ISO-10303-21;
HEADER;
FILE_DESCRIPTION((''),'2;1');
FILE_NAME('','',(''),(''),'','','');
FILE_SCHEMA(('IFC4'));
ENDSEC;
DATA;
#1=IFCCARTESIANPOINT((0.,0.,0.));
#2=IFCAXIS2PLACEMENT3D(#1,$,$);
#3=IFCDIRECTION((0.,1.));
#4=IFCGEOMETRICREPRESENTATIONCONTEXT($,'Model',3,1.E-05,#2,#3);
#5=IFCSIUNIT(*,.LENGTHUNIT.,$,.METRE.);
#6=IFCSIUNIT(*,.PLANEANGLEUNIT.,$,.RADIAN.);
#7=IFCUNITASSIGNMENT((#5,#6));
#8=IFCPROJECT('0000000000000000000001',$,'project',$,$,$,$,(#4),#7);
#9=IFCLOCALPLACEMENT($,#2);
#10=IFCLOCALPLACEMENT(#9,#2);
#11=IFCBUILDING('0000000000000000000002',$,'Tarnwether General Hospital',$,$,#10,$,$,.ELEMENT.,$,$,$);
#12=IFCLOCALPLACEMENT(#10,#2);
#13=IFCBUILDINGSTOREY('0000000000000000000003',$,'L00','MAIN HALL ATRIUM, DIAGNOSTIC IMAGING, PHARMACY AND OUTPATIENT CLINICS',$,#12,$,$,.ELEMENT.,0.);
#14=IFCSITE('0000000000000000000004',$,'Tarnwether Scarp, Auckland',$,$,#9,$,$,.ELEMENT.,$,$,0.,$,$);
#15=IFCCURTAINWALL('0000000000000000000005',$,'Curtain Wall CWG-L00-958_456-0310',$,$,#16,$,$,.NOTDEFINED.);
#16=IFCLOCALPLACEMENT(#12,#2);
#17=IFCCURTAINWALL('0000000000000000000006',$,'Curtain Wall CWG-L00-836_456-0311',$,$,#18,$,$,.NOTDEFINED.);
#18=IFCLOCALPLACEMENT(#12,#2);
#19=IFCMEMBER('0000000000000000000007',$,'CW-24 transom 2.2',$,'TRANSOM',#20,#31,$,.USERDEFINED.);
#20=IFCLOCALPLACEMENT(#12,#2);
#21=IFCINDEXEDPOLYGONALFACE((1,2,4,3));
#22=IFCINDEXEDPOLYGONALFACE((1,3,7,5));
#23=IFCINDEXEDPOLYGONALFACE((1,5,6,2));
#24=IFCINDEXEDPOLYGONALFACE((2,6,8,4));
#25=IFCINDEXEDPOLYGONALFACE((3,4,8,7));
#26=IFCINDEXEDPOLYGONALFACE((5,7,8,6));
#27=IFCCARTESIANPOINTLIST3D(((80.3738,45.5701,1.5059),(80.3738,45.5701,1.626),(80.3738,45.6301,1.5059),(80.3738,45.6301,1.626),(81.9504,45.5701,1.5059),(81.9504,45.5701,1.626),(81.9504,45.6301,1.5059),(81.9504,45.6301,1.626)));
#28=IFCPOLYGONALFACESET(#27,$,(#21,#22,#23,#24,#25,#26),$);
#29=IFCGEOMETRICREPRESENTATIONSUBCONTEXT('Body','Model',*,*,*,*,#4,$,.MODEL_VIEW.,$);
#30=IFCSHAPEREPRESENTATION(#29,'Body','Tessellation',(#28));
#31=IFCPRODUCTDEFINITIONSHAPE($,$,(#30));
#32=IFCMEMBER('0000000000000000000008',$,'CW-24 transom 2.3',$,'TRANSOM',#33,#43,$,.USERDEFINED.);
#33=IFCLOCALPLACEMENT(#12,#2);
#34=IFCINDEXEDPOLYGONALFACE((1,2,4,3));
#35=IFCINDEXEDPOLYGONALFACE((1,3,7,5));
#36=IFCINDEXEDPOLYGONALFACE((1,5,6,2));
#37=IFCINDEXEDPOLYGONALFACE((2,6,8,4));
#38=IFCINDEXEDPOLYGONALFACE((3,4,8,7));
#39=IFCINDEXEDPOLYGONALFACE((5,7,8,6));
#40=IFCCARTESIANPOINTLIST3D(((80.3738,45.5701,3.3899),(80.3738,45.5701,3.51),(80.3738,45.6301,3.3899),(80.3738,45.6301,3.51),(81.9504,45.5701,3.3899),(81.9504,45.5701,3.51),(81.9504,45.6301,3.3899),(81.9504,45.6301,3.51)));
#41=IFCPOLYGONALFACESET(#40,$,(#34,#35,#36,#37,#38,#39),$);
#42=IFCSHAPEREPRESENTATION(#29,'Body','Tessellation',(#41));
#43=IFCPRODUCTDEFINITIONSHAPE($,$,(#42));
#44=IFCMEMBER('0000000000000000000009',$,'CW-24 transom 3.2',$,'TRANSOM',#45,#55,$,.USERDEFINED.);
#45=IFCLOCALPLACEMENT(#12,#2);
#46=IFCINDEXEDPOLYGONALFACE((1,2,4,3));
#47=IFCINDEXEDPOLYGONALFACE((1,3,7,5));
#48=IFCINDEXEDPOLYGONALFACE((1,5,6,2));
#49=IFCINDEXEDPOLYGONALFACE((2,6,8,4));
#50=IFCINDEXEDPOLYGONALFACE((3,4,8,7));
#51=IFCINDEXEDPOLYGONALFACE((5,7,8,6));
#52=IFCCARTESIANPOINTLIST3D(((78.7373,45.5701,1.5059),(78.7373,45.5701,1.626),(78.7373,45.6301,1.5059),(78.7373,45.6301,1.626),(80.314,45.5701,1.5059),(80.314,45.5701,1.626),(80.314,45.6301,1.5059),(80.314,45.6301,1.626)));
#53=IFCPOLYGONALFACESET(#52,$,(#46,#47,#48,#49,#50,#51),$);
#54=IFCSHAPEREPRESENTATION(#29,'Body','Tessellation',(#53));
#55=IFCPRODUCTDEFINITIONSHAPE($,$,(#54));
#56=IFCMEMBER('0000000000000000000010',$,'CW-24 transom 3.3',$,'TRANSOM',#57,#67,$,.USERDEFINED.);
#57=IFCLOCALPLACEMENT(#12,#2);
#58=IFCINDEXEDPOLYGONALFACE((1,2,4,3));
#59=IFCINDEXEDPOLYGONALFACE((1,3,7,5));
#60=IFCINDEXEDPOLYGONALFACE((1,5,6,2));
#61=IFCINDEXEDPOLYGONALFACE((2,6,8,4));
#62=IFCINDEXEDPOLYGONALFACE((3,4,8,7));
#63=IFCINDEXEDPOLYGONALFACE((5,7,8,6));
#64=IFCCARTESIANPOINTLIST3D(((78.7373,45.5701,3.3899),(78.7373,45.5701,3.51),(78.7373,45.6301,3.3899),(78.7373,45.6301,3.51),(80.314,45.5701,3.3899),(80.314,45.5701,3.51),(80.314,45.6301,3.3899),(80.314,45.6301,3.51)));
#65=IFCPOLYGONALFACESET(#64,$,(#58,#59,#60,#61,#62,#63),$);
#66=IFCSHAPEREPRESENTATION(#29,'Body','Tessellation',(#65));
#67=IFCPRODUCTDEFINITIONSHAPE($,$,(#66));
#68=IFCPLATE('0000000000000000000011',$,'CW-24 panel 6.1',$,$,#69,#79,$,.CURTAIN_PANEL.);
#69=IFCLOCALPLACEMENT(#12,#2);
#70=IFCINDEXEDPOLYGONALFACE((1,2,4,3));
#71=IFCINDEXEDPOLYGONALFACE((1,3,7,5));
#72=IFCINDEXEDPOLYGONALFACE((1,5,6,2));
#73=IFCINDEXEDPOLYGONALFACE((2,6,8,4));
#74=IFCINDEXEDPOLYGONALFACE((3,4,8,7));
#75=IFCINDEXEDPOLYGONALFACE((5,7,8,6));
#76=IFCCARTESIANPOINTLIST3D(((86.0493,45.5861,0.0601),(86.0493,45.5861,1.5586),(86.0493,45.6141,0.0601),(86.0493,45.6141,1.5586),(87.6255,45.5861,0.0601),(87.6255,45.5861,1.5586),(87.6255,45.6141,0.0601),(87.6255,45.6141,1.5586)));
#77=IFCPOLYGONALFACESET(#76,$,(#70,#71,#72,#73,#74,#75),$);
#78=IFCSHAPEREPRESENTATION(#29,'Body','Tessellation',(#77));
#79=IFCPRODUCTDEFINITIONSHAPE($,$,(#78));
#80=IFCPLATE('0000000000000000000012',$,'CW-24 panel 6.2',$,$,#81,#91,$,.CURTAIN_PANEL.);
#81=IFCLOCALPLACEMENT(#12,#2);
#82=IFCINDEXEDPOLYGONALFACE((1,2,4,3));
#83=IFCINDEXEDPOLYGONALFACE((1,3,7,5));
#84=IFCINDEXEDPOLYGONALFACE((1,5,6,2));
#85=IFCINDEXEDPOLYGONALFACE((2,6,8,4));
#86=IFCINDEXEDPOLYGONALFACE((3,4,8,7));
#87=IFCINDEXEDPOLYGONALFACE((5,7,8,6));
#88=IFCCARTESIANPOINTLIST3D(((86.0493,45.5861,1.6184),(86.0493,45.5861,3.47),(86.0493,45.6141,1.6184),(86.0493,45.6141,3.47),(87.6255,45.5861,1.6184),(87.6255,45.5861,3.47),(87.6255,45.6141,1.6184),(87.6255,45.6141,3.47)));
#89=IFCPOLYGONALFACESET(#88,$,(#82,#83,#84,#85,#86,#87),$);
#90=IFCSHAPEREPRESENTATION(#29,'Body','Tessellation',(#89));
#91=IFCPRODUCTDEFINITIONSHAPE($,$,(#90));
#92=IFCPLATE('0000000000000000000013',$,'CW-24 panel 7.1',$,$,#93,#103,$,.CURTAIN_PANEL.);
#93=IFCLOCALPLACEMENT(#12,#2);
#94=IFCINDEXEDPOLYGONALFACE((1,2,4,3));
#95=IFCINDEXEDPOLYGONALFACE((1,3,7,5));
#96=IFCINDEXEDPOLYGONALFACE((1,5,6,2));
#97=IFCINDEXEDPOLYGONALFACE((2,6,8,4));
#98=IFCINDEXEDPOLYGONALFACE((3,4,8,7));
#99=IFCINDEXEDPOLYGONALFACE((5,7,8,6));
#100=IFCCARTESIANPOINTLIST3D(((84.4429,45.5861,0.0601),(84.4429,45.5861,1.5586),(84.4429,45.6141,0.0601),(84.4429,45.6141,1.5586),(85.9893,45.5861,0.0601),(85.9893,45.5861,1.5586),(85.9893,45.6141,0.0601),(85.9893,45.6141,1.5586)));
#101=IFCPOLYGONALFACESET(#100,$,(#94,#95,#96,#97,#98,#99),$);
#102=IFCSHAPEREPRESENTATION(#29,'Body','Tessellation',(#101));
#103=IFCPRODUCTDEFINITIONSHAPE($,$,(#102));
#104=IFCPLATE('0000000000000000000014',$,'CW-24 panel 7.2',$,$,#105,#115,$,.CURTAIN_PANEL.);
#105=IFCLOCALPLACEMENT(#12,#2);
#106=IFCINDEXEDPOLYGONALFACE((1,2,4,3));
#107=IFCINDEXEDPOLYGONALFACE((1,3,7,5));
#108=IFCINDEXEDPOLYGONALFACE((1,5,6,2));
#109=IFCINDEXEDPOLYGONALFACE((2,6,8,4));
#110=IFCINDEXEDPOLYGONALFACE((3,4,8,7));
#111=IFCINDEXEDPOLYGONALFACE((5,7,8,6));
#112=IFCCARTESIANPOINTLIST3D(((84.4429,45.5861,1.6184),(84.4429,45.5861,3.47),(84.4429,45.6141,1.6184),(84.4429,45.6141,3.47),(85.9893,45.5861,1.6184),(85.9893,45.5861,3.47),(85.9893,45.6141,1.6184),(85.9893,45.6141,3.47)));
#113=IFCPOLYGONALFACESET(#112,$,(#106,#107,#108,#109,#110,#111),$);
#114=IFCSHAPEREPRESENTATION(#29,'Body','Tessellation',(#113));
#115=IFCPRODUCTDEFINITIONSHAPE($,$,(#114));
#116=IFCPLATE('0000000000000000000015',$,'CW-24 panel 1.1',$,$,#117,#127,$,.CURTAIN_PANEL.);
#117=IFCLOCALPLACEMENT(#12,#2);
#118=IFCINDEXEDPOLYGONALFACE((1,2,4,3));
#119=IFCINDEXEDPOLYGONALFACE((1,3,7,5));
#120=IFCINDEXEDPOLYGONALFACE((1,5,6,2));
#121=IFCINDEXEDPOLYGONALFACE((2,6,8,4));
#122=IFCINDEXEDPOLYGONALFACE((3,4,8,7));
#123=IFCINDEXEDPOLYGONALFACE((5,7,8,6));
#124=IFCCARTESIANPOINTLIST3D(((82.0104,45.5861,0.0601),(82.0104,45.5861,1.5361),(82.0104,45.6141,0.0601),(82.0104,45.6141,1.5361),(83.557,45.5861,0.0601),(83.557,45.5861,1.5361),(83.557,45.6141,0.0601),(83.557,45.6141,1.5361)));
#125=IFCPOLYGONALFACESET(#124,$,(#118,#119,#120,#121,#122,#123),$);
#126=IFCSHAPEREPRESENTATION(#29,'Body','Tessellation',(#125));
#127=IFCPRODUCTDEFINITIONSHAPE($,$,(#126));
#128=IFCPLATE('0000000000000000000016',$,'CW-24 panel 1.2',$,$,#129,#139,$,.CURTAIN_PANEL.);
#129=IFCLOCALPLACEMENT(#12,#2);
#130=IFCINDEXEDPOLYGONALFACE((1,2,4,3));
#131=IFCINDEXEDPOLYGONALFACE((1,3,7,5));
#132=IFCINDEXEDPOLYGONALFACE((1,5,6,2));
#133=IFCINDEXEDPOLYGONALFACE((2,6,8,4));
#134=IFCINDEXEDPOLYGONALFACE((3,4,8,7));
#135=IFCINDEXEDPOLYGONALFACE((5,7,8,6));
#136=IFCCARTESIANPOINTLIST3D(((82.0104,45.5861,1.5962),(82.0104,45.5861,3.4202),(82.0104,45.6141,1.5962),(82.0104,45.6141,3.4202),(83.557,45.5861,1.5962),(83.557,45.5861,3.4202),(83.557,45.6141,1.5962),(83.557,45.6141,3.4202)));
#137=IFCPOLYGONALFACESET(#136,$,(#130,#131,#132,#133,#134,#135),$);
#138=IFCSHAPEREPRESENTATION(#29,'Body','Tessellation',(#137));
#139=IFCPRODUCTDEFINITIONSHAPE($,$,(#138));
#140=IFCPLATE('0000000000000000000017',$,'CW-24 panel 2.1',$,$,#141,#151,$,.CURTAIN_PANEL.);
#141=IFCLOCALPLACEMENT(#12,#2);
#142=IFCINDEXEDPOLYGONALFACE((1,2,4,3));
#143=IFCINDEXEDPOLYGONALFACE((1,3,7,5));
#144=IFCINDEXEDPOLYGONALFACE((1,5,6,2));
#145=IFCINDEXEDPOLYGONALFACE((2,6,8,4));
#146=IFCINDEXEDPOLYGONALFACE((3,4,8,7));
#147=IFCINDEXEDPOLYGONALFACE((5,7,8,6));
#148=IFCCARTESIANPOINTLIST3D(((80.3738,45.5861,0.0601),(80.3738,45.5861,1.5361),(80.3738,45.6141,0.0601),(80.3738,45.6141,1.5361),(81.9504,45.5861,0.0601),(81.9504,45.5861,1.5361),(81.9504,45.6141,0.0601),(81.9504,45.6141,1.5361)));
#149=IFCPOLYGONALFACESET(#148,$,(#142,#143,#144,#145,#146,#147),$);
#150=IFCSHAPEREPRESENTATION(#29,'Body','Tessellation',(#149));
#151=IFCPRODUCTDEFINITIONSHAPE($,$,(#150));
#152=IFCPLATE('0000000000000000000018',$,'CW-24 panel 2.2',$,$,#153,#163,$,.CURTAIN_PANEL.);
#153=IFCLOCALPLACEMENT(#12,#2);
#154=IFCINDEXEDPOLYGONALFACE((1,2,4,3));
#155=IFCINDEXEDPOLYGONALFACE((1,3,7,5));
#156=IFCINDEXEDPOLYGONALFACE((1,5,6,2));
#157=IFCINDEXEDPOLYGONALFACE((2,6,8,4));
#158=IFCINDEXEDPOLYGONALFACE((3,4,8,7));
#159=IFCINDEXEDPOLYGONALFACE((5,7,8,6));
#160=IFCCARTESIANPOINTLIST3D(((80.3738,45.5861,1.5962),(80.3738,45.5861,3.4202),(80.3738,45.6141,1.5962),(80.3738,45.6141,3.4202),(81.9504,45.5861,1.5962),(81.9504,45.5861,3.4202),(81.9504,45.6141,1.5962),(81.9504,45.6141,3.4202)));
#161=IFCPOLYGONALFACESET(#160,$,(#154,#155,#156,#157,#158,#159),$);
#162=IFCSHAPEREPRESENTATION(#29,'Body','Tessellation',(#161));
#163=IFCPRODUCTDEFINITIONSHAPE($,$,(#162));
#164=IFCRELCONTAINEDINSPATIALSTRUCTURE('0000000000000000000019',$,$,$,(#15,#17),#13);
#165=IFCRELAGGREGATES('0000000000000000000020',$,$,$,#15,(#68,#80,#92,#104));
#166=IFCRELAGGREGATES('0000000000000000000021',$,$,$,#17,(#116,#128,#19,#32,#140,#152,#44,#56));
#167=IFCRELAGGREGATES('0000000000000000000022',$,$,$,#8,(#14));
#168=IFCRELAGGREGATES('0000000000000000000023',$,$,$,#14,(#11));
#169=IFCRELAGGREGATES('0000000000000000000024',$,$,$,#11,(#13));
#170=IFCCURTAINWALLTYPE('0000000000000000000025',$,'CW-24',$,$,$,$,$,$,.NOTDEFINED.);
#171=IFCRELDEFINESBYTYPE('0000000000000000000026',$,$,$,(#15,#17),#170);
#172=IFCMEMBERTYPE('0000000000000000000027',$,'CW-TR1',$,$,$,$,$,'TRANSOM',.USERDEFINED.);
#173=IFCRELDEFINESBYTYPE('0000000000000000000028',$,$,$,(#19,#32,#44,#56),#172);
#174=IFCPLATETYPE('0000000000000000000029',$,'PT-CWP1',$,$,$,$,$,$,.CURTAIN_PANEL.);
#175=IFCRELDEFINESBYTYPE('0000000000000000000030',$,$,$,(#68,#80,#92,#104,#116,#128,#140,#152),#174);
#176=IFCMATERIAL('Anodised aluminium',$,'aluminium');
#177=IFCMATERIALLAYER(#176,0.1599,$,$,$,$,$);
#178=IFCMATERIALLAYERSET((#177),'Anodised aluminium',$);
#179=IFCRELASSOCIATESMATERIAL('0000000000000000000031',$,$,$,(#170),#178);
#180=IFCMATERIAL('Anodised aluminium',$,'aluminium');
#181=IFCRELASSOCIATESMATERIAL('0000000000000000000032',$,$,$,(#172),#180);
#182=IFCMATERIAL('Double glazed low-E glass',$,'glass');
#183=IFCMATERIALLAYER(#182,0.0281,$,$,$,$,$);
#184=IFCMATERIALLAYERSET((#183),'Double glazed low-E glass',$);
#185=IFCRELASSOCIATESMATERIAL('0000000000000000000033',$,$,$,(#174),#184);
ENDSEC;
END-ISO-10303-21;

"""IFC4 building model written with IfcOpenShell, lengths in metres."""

from ifc_helpers import new_model, si_unit, direction, frame, origin, origin_2d, place, context, subcontext, project, spatial, rectangle, extrude, material, layer, layer_set, material_profile, profile_set, type_object, element, aggregate, save


model = new_model("IFC4")

# Units and contexts
model_context = context("Model", 3, precision=1e-05, world=origin(), true_north=direction((0.0, 1.0)))
body_context = subcontext(model_context, "Body", "Model", "MODEL_VIEW")
ifc_project = project(units=[si_unit("LENGTHUNIT", "METRE"), si_unit("PLANEANGLEUNIT", "RADIAN")], contexts=[model_context])

# Site, building, storey
site_placement = place(None, origin())
site = spatial("IfcSite", under=ifc_project, at=site_placement, Name="Tarnwether Scarp, Auckland", CompositionType="ELEMENT", RefElevation=0.0)
building_placement = place(site_placement, origin())
building = spatial("IfcBuilding", under=site, at=building_placement, Name="Tarnwether General Hospital", CompositionType="ELEMENT")
storey_placement = place(building_placement, origin())
storey = spatial("IfcBuildingStorey", under=building, at=storey_placement, Name="L00", Description="MAIN HALL ATRIUM, DIAGNOSTIC IMAGING, PHARMACY AND OUTPATIENT CLINICS", CompositionType="ELEMENT", Elevation=0.0)

# Curtain walls
ifc_material_1 = material(Name="Anodised aluminium", Category="aluminium")
ifc_layer_1 = layer(ifc_material_1, 0.1599)
ifc_layer_set_1 = layer_set([ifc_layer_1], Name="Anodised aluminium")
curtain_wall_type = type_object("IfcCurtainWallType", Name="CW-24", PredefinedType="NOTDEFINED", material=ifc_layer_set_1)
curtain_wall_1_placement = place(storey_placement, origin())
curtain_wall_1 = element("IfcCurtainWall", 1, at=curtain_wall_1_placement, inside=storey, type_object=curtain_wall_type, Name="Curtain Wall CWG-L00-958_456-0310", PredefinedType="NOTDEFINED")
curtain_wall_2_placement = place(storey_placement, origin())
curtain_wall_2 = element("IfcCurtainWall", 2, at=curtain_wall_2_placement, inside=storey, type_object=curtain_wall_type, Name="Curtain Wall CWG-L00-836_456-0311", PredefinedType="NOTDEFINED")

# Members
ifc_material_2 = material(Name="Anodised aluminium", Category="aluminium")
ifc_material_profile_1 = material_profile(ifc_material_2, rectangle(XDim=0.0601, YDim=0.1201, at=origin_2d()), Name="ALU-TRN-60x120")
ifc_profile_set_1 = profile_set([ifc_material_profile_1], Name="Anodised aluminium")
member_type_1 = type_object("IfcMemberType", Name="CW-TR1", ElementType="TRANSOM", PredefinedType="USERDEFINED", material=ifc_profile_set_1)
member_1_placement = place(storey_placement, frame((81.9504, 45.6001, 1.5659), z_axis=(-1.0, 0.0, 0.0), x_axis=(0.0, -1.0, 0.0)))
member_1 = element("IfcMember", 3, at=member_1_placement, type_object=member_type_1, Name="CW-24 transom 2.2", ObjectType="TRANSOM", PredefinedType="USERDEFINED", context=body_context, shape_type="SweptSolid", body=[
    extrude(rectangle(XDim=0.0601, YDim=0.1201, at=origin_2d()), origin(), (0.0, 0.0, 1.0), 1.5767),
])
member_2_placement = place(storey_placement, frame((81.9504, 45.6001, 3.45), z_axis=(-1.0, 0.0, 0.0), x_axis=(0.0, -1.0, 0.0)))
member_2 = element("IfcMember", 4, at=member_2_placement, type_object=member_type_1, Name="CW-24 transom 2.3", ObjectType="TRANSOM", PredefinedType="USERDEFINED", context=body_context, shape_type="SweptSolid", body=[
    extrude(rectangle(XDim=0.0601, YDim=0.1201, at=origin_2d()), origin(), (0.0, 0.0, 1.0), 1.5767),
])
member_3_placement = place(storey_placement, frame((80.314, 45.6001, 1.5659), z_axis=(-1.0, 0.0, 0.0), x_axis=(0.0, -1.0, 0.0)))
member_3 = element("IfcMember", 5, at=member_3_placement, type_object=member_type_1, Name="CW-24 transom 3.2", ObjectType="TRANSOM", PredefinedType="USERDEFINED", context=body_context, shape_type="SweptSolid", body=[
    extrude(rectangle(XDim=0.0601, YDim=0.1201, at=origin_2d()), origin(), (0.0, 0.0, 1.0), 1.5767),
])
member_4_placement = place(storey_placement, frame((80.314, 45.6001, 3.45), z_axis=(-1.0, 0.0, 0.0), x_axis=(0.0, -1.0, 0.0)))
member_4 = element("IfcMember", 6, at=member_4_placement, type_object=member_type_1, Name="CW-24 transom 3.3", ObjectType="TRANSOM", PredefinedType="USERDEFINED", context=body_context, shape_type="SweptSolid", body=[
    extrude(rectangle(XDim=0.0601, YDim=0.1201, at=origin_2d()), origin(), (0.0, 0.0, 1.0), 1.5767),
])

# Plates
ifc_material_3 = material(Name="Double glazed low-E glass", Category="glass")
ifc_layer_2 = layer(ifc_material_3, 0.0281)
ifc_layer_set_2 = layer_set([ifc_layer_2], Name="Double glazed low-E glass")
plate_type = type_object("IfcPlateType", Name="PT-CWP1", PredefinedType="CURTAIN_PANEL", material=ifc_layer_set_2)
plate_1_placement = place(storey_placement, frame((86.8374, 45.6001, 0.0601), z_axis=(0.0, 0.0, 1.0), x_axis=(-1.0, 0.0, 0.0)))
plate_1 = element("IfcPlate", 7, at=plate_1_placement, type_object=plate_type, Name="CW-24 panel 6.1", PredefinedType="CURTAIN_PANEL", context=body_context, shape_type="SweptSolid", body=[
    extrude(rectangle(XDim=1.5762, YDim=0.0281, at=origin_2d()), origin(), (0.0, 0.0, 1.0), 1.4985),
])
plate_2_placement = place(storey_placement, frame((86.8374, 45.6001, 1.6184), z_axis=(0.0, 0.0, 1.0), x_axis=(-1.0, 0.0, 0.0)))
plate_2 = element("IfcPlate", 8, at=plate_2_placement, type_object=plate_type, Name="CW-24 panel 6.2", PredefinedType="CURTAIN_PANEL", context=body_context, shape_type="SweptSolid", body=[
    extrude(rectangle(XDim=1.5762, YDim=0.0281, at=origin_2d()), origin(), (0.0, 0.0, 1.0), 1.8516),
])
plate_3_placement = place(storey_placement, frame((85.2161, 45.6001, 0.0601), z_axis=(0.0, 0.0, 1.0), x_axis=(-1.0, 0.0, 0.0)))
plate_3 = element("IfcPlate", 9, at=plate_3_placement, type_object=plate_type, Name="CW-24 panel 7.1", PredefinedType="CURTAIN_PANEL", context=body_context, shape_type="SweptSolid", body=[
    extrude(rectangle(XDim=1.5464, YDim=0.0281, at=origin_2d()), origin(), (0.0, 0.0, 1.0), 1.4985),
])
plate_4_placement = place(storey_placement, frame((85.2161, 45.6001, 1.6184), z_axis=(0.0, 0.0, 1.0), x_axis=(-1.0, 0.0, 0.0)))
plate_4 = element("IfcPlate", 10, at=plate_4_placement, type_object=plate_type, Name="CW-24 panel 7.2", PredefinedType="CURTAIN_PANEL", context=body_context, shape_type="SweptSolid", body=[
    extrude(rectangle(XDim=1.5464, YDim=0.0281, at=origin_2d()), origin(), (0.0, 0.0, 1.0), 1.8516),
])
aggregate(curtain_wall_1, [plate_1, plate_2, plate_3, plate_4])
plate_5_placement = place(storey_placement, frame((82.7837, 45.6001, 0.0601), z_axis=(0.0, 0.0, 1.0), x_axis=(-1.0, 0.0, 0.0)))
plate_5 = element("IfcPlate", 11, at=plate_5_placement, type_object=plate_type, Name="CW-24 panel 1.1", PredefinedType="CURTAIN_PANEL", context=body_context, shape_type="SweptSolid", body=[
    extrude(rectangle(XDim=1.5466, YDim=0.0281, at=origin_2d()), origin(), (0.0, 0.0, 1.0), 1.4761),
])
plate_6_placement = place(storey_placement, frame((82.7837, 45.6001, 1.5962), z_axis=(0.0, 0.0, 1.0), x_axis=(-1.0, 0.0, 0.0)))
plate_6 = element("IfcPlate", 12, at=plate_6_placement, type_object=plate_type, Name="CW-24 panel 1.2", PredefinedType="CURTAIN_PANEL", context=body_context, shape_type="SweptSolid", body=[
    extrude(rectangle(XDim=1.5466, YDim=0.0281, at=origin_2d()), origin(), (0.0, 0.0, 1.0), 1.824),
])
plate_7_placement = place(storey_placement, frame((81.1621, 45.6001, 0.0601), z_axis=(0.0, 0.0, 1.0), x_axis=(-1.0, 0.0, 0.0)))
plate_7 = element("IfcPlate", 13, at=plate_7_placement, type_object=plate_type, Name="CW-24 panel 2.1", PredefinedType="CURTAIN_PANEL", context=body_context, shape_type="SweptSolid", body=[
    extrude(rectangle(XDim=1.5767, YDim=0.0281, at=origin_2d()), origin(), (0.0, 0.0, 1.0), 1.4761),
])
plate_8_placement = place(storey_placement, frame((81.1621, 45.6001, 1.5962), z_axis=(0.0, 0.0, 1.0), x_axis=(-1.0, 0.0, 0.0)))
plate_8 = element("IfcPlate", 14, at=plate_8_placement, type_object=plate_type, Name="CW-24 panel 2.2", PredefinedType="CURTAIN_PANEL", context=body_context, shape_type="SweptSolid", body=[
    extrude(rectangle(XDim=1.5767, YDim=0.0281, at=origin_2d()), origin(), (0.0, 0.0, 1.0), 1.824),
])
aggregate(curtain_wall_2, [plate_5, plate_6, member_1, member_2, plate_7, plate_8, member_3, member_4])

save(model, "model.ifc")
